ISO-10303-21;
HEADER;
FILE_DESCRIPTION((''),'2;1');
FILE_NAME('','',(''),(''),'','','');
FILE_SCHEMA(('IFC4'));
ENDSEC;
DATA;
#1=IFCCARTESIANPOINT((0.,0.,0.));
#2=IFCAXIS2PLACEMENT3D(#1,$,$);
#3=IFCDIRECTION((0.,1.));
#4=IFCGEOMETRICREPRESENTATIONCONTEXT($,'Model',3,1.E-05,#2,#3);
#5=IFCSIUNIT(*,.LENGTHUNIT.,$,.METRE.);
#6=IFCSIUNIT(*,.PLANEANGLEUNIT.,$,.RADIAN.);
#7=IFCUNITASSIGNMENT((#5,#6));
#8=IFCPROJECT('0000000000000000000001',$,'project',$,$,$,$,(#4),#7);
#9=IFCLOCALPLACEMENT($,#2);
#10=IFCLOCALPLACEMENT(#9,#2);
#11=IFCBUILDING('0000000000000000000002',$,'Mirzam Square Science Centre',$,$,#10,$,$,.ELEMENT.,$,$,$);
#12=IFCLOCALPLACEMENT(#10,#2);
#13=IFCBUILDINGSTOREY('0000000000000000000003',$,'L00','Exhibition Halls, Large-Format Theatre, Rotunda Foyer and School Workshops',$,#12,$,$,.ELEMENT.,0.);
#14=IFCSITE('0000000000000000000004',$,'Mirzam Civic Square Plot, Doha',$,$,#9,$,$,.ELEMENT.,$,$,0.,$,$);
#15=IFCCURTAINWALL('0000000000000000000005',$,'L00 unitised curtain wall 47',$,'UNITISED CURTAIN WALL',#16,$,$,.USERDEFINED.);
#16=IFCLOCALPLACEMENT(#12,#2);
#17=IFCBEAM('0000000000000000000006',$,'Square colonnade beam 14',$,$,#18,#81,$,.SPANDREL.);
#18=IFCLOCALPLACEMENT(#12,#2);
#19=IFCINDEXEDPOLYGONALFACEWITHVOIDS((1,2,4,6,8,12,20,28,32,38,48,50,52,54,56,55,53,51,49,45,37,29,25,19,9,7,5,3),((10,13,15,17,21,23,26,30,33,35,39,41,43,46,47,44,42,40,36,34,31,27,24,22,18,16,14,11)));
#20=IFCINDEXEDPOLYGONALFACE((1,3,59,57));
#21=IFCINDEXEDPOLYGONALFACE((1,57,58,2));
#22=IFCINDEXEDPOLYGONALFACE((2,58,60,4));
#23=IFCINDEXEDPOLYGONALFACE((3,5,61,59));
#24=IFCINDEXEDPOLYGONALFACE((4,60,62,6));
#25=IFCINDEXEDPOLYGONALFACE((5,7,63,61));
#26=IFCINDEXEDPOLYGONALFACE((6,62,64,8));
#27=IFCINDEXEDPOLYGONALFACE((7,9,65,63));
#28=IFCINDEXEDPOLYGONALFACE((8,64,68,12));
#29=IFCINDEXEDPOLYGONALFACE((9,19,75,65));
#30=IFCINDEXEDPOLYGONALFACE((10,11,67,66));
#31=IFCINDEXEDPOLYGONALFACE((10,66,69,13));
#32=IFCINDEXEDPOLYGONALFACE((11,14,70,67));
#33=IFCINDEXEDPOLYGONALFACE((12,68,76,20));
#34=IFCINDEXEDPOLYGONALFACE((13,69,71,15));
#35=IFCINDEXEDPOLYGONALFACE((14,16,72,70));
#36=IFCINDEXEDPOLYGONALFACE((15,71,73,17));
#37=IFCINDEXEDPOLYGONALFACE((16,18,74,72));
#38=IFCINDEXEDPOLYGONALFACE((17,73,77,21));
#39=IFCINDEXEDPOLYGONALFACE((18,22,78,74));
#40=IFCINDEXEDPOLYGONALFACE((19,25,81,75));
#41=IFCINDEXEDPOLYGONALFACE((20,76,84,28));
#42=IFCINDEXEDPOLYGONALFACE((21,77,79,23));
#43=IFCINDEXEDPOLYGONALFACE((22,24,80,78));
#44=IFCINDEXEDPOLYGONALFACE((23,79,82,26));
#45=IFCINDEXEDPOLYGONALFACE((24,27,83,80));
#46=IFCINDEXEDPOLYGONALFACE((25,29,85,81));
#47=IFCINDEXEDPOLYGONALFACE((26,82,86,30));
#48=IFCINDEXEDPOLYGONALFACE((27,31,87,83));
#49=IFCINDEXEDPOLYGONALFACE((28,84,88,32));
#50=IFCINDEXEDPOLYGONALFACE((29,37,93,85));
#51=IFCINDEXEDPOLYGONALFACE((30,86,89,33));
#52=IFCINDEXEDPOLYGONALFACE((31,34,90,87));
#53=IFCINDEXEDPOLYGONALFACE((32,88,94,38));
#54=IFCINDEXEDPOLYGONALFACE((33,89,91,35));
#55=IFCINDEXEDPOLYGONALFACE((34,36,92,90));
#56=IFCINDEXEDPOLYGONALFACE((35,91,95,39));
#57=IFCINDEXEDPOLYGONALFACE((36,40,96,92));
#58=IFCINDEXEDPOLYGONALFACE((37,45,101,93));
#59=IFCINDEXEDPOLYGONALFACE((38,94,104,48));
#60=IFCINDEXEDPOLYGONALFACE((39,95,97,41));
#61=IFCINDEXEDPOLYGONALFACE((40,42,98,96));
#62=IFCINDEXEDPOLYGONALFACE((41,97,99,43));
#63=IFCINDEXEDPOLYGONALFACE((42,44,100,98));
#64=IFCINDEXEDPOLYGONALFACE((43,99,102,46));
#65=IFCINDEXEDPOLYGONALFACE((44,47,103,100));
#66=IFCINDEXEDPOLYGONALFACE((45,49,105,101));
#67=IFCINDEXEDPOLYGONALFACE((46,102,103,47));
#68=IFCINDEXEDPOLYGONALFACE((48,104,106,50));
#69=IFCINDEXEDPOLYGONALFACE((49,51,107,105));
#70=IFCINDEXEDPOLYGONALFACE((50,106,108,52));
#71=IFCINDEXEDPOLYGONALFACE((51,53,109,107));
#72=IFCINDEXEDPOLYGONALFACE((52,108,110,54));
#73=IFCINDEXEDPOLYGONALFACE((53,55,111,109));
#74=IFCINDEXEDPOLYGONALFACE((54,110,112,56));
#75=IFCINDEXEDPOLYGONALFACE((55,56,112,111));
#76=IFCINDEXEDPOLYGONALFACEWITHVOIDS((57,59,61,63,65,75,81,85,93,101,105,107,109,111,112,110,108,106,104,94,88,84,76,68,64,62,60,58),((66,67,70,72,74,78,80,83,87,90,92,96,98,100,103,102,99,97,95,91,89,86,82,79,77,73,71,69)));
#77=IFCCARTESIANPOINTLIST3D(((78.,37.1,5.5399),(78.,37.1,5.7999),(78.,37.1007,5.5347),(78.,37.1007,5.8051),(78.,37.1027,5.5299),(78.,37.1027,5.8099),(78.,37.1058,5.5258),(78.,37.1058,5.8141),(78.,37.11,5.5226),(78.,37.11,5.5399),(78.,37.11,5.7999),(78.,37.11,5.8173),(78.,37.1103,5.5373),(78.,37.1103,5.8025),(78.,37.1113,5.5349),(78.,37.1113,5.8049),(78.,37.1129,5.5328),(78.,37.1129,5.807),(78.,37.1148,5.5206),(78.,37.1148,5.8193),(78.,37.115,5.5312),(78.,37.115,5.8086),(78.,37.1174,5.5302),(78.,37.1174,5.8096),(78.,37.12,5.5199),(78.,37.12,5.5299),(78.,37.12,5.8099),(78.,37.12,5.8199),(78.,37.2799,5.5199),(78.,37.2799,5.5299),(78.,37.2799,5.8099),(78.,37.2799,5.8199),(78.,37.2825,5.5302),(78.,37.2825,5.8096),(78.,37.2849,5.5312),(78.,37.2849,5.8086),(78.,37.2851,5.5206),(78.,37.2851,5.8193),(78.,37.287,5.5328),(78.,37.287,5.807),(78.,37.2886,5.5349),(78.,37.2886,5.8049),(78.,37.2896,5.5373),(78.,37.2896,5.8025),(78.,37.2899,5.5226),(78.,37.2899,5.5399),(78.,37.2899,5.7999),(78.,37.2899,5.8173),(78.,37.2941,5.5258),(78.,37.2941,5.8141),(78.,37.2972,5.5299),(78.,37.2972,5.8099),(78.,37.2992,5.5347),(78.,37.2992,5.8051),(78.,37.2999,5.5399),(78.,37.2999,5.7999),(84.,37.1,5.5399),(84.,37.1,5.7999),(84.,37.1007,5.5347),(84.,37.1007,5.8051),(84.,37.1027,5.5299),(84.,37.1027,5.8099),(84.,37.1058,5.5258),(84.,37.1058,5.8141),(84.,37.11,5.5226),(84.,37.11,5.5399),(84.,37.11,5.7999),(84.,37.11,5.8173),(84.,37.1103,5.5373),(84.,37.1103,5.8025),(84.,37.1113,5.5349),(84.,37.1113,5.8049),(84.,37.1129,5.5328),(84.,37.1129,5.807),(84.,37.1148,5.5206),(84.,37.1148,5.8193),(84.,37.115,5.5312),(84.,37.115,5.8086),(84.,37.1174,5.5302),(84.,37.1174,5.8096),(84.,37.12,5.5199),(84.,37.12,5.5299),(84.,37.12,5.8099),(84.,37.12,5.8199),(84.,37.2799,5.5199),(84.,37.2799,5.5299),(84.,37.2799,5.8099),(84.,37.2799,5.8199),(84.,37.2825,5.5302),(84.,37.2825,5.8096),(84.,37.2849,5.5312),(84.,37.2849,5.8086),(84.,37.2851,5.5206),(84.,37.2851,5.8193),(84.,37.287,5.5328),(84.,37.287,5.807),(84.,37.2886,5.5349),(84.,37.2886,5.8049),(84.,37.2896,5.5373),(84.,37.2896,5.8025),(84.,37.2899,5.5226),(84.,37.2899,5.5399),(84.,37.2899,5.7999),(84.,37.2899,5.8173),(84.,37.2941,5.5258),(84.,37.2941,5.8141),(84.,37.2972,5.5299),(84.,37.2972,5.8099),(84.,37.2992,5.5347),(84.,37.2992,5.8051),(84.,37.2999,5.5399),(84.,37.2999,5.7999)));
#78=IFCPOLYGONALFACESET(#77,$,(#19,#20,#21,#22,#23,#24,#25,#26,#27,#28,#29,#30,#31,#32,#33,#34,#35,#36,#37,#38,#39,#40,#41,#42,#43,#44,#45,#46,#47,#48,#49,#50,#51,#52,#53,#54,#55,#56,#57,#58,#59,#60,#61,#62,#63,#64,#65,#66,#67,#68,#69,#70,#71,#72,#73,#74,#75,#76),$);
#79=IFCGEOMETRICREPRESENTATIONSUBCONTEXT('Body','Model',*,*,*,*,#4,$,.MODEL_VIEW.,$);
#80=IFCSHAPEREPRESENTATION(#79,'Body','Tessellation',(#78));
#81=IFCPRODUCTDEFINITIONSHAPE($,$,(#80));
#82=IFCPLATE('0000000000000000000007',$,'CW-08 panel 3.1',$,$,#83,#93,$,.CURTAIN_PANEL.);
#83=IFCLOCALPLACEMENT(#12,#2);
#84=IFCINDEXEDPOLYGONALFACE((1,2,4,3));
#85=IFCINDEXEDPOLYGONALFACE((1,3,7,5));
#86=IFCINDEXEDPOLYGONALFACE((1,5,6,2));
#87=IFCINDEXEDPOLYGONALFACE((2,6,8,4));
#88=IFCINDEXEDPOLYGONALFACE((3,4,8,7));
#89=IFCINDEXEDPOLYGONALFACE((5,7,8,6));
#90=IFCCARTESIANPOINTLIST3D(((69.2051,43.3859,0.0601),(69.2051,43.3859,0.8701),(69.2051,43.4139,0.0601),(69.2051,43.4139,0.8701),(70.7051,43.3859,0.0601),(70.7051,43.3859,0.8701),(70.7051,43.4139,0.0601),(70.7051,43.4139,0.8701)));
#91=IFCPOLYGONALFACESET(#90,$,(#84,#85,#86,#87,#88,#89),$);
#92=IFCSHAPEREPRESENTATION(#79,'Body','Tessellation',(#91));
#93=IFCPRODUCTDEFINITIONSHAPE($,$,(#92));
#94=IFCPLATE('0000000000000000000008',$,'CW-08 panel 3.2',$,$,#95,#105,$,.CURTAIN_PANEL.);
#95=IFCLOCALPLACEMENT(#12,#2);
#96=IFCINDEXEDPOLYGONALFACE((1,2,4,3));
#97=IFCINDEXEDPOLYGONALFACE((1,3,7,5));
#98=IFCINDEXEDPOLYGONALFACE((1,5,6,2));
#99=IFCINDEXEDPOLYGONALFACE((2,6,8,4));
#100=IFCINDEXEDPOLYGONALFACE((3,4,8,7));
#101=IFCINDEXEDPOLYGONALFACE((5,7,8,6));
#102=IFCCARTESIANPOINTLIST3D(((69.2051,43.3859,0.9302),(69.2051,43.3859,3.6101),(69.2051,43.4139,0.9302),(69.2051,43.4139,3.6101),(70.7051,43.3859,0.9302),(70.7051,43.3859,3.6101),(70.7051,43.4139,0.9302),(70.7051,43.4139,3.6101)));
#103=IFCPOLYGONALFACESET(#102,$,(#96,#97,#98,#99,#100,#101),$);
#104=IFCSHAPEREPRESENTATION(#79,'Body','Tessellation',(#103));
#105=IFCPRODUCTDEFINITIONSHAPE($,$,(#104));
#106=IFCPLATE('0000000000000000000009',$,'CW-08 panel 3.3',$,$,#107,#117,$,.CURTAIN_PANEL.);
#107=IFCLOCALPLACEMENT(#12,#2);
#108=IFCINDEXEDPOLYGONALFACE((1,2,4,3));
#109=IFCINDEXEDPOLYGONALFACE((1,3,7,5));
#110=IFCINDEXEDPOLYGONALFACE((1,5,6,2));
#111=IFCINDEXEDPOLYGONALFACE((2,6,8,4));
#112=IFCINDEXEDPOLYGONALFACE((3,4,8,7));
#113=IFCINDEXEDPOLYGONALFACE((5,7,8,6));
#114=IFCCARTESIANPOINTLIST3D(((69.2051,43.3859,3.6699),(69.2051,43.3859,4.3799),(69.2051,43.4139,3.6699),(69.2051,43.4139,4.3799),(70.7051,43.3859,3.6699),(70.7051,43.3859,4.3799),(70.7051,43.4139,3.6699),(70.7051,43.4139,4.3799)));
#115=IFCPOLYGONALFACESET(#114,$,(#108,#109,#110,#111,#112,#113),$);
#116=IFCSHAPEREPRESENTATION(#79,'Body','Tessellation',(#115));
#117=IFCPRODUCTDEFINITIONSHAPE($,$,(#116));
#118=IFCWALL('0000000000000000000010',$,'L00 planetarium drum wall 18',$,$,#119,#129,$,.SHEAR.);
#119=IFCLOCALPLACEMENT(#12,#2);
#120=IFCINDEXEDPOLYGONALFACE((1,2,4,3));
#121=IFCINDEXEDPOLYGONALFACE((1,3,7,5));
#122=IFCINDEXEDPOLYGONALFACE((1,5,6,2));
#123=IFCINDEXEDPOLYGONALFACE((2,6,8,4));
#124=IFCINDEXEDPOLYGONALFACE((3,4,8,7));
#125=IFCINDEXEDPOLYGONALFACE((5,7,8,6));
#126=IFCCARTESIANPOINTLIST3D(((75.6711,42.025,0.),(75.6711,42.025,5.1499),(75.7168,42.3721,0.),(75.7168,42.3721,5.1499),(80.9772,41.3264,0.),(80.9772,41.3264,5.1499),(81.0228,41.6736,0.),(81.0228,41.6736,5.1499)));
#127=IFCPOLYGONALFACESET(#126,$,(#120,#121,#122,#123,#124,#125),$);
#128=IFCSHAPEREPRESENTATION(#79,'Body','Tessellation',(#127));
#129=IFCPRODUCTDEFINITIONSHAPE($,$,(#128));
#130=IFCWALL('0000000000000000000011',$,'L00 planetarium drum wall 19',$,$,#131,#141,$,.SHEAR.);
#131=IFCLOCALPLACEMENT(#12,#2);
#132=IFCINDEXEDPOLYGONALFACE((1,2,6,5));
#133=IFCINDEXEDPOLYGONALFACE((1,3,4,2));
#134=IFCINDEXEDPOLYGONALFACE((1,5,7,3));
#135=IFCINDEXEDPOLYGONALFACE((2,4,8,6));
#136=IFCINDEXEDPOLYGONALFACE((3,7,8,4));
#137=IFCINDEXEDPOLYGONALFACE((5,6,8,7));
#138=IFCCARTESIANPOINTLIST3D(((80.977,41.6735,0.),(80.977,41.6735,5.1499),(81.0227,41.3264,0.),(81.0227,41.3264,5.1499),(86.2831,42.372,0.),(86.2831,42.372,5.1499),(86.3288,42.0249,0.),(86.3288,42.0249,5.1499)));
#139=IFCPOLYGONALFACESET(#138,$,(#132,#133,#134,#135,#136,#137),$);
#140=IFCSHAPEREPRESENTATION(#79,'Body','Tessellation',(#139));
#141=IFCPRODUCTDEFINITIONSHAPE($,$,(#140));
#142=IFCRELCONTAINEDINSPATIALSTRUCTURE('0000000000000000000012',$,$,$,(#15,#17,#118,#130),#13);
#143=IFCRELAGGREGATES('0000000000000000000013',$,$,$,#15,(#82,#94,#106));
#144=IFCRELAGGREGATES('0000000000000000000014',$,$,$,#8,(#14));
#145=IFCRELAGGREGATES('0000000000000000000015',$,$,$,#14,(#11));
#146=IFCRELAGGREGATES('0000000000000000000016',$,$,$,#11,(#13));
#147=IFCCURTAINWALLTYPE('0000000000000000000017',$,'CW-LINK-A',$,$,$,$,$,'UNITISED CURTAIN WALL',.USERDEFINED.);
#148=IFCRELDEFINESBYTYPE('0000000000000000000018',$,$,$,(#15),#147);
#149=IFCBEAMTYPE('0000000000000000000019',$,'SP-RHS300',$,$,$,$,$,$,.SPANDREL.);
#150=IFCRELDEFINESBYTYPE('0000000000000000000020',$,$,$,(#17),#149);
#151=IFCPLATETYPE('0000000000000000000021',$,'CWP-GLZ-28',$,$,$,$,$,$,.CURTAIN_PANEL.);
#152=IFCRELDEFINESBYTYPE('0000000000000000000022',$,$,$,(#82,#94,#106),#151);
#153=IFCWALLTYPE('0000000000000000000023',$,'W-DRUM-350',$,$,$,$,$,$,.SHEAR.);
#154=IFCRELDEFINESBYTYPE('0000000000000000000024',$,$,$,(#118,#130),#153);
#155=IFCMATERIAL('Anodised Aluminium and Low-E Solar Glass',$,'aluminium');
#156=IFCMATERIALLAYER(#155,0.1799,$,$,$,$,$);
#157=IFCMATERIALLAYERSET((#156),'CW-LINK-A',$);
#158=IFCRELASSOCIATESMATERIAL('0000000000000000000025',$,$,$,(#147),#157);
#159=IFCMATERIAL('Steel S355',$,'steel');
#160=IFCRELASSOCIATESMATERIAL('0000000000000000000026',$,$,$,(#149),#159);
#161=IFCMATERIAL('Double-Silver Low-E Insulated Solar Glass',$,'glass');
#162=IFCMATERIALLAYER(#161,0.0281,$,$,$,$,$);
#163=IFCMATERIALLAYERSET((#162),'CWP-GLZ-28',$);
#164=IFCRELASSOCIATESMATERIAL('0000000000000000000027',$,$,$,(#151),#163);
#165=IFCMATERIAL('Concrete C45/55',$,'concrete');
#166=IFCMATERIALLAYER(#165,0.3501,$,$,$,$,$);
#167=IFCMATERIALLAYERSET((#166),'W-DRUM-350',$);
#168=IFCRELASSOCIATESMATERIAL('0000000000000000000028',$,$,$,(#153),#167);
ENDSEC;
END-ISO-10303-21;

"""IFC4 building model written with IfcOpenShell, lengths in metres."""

from ifc_helpers import new_model, si_unit, direction, frame, frame_2d, origin, origin_2d, place, context, subcontext, project, spatial, rectangle, hollow_rectangle, extrude, material, layer, layer_set, material_profile, profile_set, type_object, element, aggregate, save


model = new_model("IFC4")

# Units and contexts
model_context = context("Model", 3, precision=1e-05, world=origin(), true_north=direction((0.0, 1.0)))
body_context = subcontext(model_context, "Body", "Model", "MODEL_VIEW")
ifc_project = project(units=[si_unit("LENGTHUNIT", "METRE"), si_unit("PLANEANGLEUNIT", "RADIAN")], contexts=[model_context])

# Site, building, storey
site_placement = place(None, origin())
site = spatial("IfcSite", under=ifc_project, at=site_placement, Name="Mirzam Civic Square Plot, Doha", CompositionType="ELEMENT", RefElevation=0.0)
building_placement = place(site_placement, origin())
building = spatial("IfcBuilding", under=site, at=building_placement, Name="Mirzam Square Science Centre", CompositionType="ELEMENT")
storey_placement = place(building_placement, origin())
storey = spatial("IfcBuildingStorey", under=building, at=storey_placement, Name="L00", Description="Exhibition Halls, Large-Format Theatre, Rotunda Foyer and School Workshops", CompositionType="ELEMENT", Elevation=0.0)

# Shared definitions
ifc_material_1 = material(Name="Concrete C45/55", Category="concrete")

# Shared definitions
ifc_material_2 = material(Name="Steel S355", Category="steel")

# Curtain wall
ifc_material_3 = material(Name="Anodised Aluminium and Low-E Solar Glass", Category="aluminium")
ifc_layer_1 = layer(ifc_material_3, 0.1799)
ifc_layer_set_1 = layer_set([ifc_layer_1], Name="CW-LINK-A")
curtain_wall_type = type_object("IfcCurtainWallType", Name="CW-LINK-A", ElementType="UNITISED CURTAIN WALL", PredefinedType="USERDEFINED", material=ifc_layer_set_1)
curtain_wall_placement = place(storey_placement, origin())
curtain_wall = element("IfcCurtainWall", 1, at=curtain_wall_placement, inside=storey, type_object=curtain_wall_type, Name="L00 unitised curtain wall 47", ObjectType="UNITISED CURTAIN WALL", PredefinedType="USERDEFINED")

# Beam
ifc_material_profile_1 = material_profile(ifc_material_2, hollow_rectangle(XDim=0.2, YDim=0.3, WallThickness=0.01, InnerFilletRadius=0.01, OuterFilletRadius=0.02, at=origin_2d()), Name="300x200x10.0RHS")
ifc_profile_set_1 = profile_set([ifc_material_profile_1], Name="Steel S355")
beam_type = type_object("IfcBeamType", Name="SP-RHS300", PredefinedType="SPANDREL", material=ifc_profile_set_1)
for number, where, z_axis, x_axis, name in (
    (2, (78.0, 37.2, 5.6699), (1.0, 0.0, 0.0), (0.0, 1.0, 0.0), "Square colonnade beam 14"),
):
    element("IfcBeam", number, at=place(storey_placement, frame(where, z_axis=z_axis, x_axis=x_axis)), inside=storey, type_object=beam_type, Name=name, PredefinedType="SPANDREL", context=body_context, shape_type="SweptSolid", body=[
        extrude(hollow_rectangle(XDim=0.2, YDim=0.3, WallThickness=0.01, InnerFilletRadius=0.01, OuterFilletRadius=0.02, at=origin_2d()), origin(), (0.0, 0.0, 1.0), 6.0),
    ])

# Plates
ifc_material_4 = material(Name="Double-Silver Low-E Insulated Solar Glass", Category="glass")
ifc_layer_2 = layer(ifc_material_4, 0.0281)
ifc_layer_set_2 = layer_set([ifc_layer_2], Name="CWP-GLZ-28")
plate_type = type_object("IfcPlateType", Name="CWP-GLZ-28", PredefinedType="CURTAIN_PANEL", material=ifc_layer_set_2)
plate_1_placement = place(storey_placement, frame((69.9551, 43.3999, 0.0601), z_axis=(0.0, 0.0, 1.0), x_axis=(1.0, 0.0, 0.0)))
plate_1 = element("IfcPlate", 3, at=plate_1_placement, type_object=plate_type, Name="CW-08 panel 3.1", PredefinedType="CURTAIN_PANEL", context=body_context, shape_type="SweptSolid", body=[
    extrude(rectangle(XDim=1.5, YDim=0.0281, at=origin_2d()), origin(), (0.0, 0.0, 1.0), 0.8101),
])
plate_2_placement = place(storey_placement, frame((69.9551, 43.3999, 0.9302), z_axis=(0.0, 0.0, 1.0), x_axis=(1.0, 0.0, 0.0)))
plate_2 = element("IfcPlate", 4, at=plate_2_placement, type_object=plate_type, Name="CW-08 panel 3.2", PredefinedType="CURTAIN_PANEL", context=body_context, shape_type="SweptSolid", body=[
    extrude(rectangle(XDim=1.5, YDim=0.0281, at=origin_2d()), origin(), (0.0, 0.0, 1.0), 2.6799),
])
plate_3_placement = place(storey_placement, frame((69.9551, 43.3999, 3.6699), z_axis=(0.0, 0.0, 1.0), x_axis=(1.0, 0.0, 0.0)))
plate_3 = element("IfcPlate", 5, at=plate_3_placement, type_object=plate_type, Name="CW-08 panel 3.3", PredefinedType="CURTAIN_PANEL", context=body_context, shape_type="SweptSolid", body=[
    extrude(rectangle(XDim=1.5, YDim=0.0281, at=origin_2d()), origin(), (0.0, 0.0, 1.0), 0.71),
])
aggregate(curtain_wall, [plate_1, plate_2, plate_3])

# Walls
ifc_layer_3 = layer(ifc_material_1, 0.3501)
ifc_layer_set_3 = layer_set([ifc_layer_3], Name="W-DRUM-350")
wall_type = type_object("IfcWallType", Name="W-DRUM-350", PredefinedType="SHEAR", material=ifc_layer_set_3)
for number, where, z_axis, x_axis, name in (
    (6, (75.6941, 42.1985, 0.0), (0.0, 0.0, 1.0), (0.991446, -0.130517, 0.0), "L00 planetarium drum wall 18"),
    (7, (81.0, 41.5, 0.0), (0.0, 0.0, 1.0), (0.991446, 0.130517, 0.0), "L00 planetarium drum wall 19"),
):
    element("IfcWall", number, at=place(storey_placement, frame(where, z_axis=z_axis, x_axis=x_axis)), inside=storey, type_object=wall_type, Name=name, PredefinedType="SHEAR", context=body_context, shape_type="SweptSolid", body=[
        extrude(rectangle(XDim=5.3518, YDim=0.3501, at=frame_2d((2.6758, 0.0))), origin(), (0.0, 0.0, 1.0), 5.1499),
    ])

save(model, "model.ifc")
